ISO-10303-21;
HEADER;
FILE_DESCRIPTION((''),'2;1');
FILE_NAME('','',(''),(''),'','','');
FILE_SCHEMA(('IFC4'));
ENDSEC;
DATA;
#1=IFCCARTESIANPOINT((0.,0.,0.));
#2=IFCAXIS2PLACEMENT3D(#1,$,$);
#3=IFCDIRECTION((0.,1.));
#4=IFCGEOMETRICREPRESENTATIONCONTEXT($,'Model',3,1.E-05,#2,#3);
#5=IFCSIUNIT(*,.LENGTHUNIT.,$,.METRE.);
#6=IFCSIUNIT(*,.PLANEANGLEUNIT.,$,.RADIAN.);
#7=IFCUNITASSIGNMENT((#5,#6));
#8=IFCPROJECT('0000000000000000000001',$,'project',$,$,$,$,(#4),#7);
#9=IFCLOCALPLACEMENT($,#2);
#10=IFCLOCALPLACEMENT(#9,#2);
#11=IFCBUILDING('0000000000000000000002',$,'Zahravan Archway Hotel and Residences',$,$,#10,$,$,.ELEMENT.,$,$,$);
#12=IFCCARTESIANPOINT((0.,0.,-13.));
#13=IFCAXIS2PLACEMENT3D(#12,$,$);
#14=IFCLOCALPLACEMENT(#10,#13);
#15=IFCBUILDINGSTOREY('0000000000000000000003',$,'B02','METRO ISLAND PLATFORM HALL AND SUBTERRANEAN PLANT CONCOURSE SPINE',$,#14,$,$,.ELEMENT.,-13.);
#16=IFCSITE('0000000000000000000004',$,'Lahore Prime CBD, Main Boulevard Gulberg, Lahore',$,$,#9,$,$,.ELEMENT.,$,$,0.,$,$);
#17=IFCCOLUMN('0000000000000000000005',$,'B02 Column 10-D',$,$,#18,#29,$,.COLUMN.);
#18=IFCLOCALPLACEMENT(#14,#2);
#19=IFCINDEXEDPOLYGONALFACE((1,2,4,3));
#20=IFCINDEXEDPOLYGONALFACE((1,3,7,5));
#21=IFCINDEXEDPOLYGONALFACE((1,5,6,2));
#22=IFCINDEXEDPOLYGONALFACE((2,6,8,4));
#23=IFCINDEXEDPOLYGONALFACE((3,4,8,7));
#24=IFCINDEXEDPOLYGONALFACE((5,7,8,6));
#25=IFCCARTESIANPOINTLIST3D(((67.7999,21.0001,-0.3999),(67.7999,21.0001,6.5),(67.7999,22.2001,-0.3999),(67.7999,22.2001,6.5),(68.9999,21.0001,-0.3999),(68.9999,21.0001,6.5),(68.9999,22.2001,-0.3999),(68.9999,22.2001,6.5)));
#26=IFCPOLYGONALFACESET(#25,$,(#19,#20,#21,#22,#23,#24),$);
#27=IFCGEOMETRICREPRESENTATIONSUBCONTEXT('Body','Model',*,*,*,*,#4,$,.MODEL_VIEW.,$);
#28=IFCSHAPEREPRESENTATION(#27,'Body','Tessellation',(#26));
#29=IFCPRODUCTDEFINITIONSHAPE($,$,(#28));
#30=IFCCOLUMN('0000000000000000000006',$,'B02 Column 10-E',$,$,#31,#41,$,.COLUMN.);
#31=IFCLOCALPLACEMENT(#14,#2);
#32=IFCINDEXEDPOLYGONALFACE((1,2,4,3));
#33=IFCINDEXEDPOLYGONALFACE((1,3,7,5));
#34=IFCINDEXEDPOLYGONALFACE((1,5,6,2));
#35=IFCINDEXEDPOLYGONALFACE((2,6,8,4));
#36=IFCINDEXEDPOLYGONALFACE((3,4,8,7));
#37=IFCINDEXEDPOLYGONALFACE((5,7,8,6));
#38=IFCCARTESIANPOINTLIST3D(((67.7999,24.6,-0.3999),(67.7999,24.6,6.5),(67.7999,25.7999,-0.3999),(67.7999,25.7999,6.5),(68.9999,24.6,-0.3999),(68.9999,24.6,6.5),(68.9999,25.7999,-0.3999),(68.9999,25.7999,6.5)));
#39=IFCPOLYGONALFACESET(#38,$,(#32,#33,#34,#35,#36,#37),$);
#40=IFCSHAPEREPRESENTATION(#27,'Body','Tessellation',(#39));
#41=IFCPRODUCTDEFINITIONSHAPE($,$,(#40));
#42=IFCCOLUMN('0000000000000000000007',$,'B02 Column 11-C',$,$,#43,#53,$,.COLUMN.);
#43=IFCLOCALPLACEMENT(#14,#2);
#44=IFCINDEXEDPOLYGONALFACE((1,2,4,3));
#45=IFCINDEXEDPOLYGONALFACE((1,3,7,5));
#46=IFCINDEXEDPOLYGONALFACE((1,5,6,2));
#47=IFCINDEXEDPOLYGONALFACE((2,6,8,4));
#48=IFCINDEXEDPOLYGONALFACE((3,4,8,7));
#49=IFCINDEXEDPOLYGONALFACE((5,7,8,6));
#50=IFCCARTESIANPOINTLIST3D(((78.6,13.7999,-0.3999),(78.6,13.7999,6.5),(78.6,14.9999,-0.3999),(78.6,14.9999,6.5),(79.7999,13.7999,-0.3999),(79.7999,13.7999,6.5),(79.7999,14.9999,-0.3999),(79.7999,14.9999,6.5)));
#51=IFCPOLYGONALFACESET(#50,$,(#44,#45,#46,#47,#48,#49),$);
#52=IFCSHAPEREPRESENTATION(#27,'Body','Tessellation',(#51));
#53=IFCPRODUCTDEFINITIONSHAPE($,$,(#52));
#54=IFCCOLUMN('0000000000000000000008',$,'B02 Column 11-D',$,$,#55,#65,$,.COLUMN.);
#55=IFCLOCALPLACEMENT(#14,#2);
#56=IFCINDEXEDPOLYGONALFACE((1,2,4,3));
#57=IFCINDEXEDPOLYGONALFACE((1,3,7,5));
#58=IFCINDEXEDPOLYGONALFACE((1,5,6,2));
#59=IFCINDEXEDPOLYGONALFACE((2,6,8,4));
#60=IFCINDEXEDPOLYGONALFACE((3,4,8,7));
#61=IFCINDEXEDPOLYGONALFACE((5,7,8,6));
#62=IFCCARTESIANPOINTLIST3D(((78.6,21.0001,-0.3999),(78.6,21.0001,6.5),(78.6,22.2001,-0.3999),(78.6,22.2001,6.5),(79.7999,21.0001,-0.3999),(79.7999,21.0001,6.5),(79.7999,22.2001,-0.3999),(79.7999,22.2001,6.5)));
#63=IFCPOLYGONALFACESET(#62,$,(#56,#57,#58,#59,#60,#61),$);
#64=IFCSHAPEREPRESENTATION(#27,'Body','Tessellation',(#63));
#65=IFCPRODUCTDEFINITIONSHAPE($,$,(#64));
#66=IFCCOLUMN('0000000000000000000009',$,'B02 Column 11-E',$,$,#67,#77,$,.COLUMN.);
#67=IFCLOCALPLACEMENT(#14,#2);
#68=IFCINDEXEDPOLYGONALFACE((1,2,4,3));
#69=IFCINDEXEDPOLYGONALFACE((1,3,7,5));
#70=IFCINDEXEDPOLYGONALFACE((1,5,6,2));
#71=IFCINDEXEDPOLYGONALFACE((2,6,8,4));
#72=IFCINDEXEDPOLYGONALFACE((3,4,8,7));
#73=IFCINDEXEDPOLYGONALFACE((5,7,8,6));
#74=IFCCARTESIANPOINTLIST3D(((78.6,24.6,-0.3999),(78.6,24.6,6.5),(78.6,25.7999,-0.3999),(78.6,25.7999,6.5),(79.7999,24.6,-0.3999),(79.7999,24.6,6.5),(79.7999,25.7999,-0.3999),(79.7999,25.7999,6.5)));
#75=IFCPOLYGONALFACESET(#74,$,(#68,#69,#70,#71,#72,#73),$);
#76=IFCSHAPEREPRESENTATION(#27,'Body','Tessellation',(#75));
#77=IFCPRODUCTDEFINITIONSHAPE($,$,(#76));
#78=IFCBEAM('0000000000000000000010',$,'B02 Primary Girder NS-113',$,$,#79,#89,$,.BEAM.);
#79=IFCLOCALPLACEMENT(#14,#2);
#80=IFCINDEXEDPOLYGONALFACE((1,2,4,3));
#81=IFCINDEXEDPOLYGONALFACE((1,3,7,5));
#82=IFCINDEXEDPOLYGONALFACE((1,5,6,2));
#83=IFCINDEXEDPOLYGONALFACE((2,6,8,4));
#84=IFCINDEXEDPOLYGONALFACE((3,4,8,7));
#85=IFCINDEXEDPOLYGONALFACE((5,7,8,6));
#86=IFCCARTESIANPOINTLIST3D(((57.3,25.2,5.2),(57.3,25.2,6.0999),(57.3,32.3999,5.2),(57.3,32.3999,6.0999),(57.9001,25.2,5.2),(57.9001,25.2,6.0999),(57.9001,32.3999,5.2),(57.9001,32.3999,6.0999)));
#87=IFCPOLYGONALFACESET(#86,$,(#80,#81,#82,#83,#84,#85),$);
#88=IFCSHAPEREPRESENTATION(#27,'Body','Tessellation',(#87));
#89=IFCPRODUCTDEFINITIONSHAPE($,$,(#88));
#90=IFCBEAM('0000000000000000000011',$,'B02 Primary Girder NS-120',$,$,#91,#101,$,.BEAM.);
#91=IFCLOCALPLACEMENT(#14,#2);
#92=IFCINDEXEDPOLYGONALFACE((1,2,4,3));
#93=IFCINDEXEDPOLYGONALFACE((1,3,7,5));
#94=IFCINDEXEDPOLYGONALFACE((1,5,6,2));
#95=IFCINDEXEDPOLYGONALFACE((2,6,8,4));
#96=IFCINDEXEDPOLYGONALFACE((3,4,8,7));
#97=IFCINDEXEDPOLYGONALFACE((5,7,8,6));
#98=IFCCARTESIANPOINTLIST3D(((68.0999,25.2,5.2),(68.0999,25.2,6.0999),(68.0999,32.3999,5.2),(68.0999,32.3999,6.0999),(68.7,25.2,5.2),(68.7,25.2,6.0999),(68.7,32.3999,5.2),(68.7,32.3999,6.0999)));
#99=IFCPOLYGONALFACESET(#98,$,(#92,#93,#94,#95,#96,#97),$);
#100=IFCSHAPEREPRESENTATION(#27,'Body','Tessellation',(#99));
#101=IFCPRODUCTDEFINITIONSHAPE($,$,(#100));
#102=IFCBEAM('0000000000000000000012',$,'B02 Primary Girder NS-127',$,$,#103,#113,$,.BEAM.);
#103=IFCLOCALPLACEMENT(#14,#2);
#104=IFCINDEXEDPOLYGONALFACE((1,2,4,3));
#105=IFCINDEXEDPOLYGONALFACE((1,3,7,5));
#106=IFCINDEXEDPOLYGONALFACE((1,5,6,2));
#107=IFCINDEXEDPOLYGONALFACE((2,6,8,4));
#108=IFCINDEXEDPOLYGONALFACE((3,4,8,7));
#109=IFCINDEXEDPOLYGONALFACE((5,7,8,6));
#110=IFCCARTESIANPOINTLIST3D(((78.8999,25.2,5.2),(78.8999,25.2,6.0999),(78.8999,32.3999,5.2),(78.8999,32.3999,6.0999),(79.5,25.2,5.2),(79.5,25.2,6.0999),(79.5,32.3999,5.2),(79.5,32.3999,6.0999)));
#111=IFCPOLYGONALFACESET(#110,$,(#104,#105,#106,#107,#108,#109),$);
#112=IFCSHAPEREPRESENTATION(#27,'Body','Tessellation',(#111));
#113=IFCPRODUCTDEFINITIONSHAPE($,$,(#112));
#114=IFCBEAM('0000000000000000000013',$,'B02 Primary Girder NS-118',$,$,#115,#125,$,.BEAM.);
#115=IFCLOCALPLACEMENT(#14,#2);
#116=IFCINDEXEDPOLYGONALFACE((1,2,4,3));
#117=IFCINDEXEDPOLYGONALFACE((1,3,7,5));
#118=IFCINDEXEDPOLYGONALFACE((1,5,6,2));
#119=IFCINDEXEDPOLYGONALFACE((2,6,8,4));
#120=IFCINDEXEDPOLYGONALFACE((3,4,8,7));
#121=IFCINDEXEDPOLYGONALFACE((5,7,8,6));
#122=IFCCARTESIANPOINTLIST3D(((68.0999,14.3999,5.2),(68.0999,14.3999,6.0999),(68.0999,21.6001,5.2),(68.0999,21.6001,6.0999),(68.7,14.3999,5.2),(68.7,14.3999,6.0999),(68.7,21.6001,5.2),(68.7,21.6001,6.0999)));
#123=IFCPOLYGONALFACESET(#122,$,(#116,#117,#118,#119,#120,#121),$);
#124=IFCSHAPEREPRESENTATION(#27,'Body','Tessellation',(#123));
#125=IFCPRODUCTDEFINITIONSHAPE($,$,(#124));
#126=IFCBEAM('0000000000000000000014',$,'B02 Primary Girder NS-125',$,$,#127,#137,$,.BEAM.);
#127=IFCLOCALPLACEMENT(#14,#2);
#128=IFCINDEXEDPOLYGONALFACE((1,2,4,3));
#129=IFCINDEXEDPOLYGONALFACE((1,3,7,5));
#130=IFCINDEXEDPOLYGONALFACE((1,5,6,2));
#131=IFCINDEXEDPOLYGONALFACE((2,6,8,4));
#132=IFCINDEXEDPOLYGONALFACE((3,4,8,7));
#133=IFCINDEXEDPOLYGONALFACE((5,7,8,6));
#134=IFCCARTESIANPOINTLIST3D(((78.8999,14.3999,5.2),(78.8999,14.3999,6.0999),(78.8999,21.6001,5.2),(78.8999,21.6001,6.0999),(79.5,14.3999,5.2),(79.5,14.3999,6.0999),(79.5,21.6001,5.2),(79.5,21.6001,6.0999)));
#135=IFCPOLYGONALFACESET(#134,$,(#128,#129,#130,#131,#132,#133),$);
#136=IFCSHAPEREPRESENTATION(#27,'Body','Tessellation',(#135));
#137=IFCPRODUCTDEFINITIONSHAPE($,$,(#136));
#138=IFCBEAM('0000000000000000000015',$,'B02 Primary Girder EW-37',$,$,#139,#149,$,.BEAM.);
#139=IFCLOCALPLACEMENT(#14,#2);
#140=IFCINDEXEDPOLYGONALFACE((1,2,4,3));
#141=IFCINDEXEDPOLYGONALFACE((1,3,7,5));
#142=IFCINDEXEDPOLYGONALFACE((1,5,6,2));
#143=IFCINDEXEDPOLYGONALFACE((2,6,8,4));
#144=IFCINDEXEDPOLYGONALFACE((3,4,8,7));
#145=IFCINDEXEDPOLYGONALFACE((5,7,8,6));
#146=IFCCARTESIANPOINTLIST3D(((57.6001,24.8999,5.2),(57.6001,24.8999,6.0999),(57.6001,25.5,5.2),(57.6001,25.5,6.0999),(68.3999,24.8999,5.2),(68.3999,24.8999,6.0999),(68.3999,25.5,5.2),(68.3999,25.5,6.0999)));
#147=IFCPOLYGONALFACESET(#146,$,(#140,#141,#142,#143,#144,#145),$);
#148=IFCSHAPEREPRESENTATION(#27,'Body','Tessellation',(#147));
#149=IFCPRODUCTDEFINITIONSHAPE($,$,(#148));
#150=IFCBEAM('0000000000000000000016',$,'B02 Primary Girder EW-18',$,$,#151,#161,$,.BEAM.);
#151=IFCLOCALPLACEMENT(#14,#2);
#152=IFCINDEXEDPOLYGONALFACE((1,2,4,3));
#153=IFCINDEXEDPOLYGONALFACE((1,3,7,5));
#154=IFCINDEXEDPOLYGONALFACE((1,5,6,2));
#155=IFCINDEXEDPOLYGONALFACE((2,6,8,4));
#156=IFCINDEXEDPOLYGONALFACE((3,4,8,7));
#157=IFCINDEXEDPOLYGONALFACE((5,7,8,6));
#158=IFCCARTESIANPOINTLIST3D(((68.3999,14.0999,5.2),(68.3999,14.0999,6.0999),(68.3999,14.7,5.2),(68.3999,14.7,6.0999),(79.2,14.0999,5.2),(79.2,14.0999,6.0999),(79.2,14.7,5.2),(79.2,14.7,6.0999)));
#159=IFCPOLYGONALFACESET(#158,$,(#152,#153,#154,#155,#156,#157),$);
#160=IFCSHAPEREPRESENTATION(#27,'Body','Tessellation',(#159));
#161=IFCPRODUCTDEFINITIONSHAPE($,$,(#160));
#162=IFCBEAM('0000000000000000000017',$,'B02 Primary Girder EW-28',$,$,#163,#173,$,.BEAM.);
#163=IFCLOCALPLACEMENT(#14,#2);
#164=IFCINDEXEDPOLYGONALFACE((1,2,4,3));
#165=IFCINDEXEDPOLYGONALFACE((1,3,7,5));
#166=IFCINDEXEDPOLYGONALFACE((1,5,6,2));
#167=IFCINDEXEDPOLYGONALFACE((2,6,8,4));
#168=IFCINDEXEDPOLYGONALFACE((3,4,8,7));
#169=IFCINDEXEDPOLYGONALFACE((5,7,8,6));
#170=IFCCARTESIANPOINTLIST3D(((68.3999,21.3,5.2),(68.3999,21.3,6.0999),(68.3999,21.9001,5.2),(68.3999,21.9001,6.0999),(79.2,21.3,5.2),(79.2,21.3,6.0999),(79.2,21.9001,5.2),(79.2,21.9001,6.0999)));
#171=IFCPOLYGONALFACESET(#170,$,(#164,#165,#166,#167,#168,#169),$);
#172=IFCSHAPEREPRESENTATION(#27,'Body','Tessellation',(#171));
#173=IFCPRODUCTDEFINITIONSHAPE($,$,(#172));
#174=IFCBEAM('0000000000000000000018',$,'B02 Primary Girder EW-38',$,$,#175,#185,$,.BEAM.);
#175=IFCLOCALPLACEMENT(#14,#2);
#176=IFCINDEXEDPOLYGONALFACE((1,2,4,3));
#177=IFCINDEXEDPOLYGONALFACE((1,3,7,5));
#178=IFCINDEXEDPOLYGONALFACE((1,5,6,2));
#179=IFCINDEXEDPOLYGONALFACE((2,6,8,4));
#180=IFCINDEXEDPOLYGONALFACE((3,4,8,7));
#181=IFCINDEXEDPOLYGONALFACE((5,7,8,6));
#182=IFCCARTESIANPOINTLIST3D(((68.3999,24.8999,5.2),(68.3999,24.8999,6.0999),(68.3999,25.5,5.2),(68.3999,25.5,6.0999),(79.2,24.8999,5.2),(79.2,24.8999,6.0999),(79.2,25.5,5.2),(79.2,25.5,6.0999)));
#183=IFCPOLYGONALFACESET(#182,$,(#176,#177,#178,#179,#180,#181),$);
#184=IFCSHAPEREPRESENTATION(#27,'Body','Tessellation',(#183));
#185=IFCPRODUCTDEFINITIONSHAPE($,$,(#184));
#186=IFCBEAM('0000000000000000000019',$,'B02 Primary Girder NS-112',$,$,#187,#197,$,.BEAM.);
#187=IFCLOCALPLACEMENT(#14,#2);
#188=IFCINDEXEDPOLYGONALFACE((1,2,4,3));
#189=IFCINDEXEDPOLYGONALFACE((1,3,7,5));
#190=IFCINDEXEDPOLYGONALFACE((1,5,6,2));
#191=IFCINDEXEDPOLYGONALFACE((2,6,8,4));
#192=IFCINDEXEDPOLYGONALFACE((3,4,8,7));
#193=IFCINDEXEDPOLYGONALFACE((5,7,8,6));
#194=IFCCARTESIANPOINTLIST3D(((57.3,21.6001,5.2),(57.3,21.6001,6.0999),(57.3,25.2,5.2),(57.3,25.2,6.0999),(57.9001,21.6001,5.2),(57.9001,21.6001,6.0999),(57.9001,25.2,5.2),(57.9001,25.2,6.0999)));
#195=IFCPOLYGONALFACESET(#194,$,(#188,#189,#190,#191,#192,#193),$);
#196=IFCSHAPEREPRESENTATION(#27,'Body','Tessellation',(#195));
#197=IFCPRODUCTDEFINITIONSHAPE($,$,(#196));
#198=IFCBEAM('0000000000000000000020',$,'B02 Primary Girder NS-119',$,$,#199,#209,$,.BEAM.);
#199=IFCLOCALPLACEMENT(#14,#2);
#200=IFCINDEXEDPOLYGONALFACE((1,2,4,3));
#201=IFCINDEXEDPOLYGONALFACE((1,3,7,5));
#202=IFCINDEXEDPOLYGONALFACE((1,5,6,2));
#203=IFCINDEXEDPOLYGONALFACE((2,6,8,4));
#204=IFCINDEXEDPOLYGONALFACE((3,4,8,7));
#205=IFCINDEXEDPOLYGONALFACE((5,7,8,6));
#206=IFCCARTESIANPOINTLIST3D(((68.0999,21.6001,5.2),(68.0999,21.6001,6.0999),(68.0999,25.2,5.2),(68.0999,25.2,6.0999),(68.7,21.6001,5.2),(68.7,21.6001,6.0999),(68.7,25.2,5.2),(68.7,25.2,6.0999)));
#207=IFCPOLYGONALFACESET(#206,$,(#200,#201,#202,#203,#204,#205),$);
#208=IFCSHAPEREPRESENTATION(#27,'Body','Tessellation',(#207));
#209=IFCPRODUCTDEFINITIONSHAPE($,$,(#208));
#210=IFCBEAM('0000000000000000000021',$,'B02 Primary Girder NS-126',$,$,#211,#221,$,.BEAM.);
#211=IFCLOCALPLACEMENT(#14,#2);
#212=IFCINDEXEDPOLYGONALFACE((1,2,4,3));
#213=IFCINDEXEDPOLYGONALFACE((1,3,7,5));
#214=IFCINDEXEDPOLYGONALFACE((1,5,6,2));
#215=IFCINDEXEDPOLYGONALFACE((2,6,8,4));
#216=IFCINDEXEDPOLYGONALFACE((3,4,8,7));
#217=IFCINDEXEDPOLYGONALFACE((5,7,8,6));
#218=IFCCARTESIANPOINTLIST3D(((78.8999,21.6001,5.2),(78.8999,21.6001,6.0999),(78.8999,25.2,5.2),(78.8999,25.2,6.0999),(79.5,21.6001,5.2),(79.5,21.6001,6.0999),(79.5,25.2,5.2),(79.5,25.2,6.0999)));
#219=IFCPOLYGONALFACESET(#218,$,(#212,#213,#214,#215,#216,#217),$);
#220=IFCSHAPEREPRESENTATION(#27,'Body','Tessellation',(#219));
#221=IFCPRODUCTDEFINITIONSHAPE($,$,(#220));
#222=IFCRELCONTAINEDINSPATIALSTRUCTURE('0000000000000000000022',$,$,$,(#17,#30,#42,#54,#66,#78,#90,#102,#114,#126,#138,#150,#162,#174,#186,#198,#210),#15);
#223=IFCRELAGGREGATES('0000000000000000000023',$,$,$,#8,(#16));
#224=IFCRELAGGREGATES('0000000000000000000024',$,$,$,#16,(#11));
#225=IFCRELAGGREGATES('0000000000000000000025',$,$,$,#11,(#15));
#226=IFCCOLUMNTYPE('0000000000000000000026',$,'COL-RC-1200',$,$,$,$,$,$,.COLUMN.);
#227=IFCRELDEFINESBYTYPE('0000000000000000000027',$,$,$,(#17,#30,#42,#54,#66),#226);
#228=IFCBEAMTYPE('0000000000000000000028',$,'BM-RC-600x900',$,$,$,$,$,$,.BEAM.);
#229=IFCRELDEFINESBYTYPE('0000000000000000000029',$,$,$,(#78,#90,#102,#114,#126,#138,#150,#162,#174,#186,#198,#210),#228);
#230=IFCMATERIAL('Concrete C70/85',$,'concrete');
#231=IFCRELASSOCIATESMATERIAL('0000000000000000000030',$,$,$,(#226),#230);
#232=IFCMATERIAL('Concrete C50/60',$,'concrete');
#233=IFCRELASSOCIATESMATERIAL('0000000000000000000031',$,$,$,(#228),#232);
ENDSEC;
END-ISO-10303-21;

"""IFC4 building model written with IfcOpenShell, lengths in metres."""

from ifc_helpers import new_model, si_unit, direction, frame, origin, origin_2d, place, context, subcontext, project, spatial, rectangle, extrude, source, transform, mapped, material, material_profile, profile_set, type_object, type_shapes, element, save


model = new_model("IFC4")

# Units and contexts
model_context = context("Model", 3, precision=1e-05, world=origin(), true_north=direction((0.0, 1.0)))
body_context = subcontext(model_context, "Body", "Model", "MODEL_VIEW")
ifc_project = project(units=[si_unit("LENGTHUNIT", "METRE"), si_unit("PLANEANGLEUNIT", "RADIAN")], contexts=[model_context])

# Site, building, storey
site_placement = place(None, origin())
site = spatial("IfcSite", under=ifc_project, at=site_placement, Name="Lahore Prime CBD, Main Boulevard Gulberg, Lahore", CompositionType="ELEMENT", RefElevation=0.0)
building_placement = place(site_placement, origin())
building = spatial("IfcBuilding", under=site, at=building_placement, Name="Zahravan Archway Hotel and Residences", CompositionType="ELEMENT")
storey_placement = place(building_placement, frame((0.0, 0.0, -13.0)))
storey = spatial("IfcBuildingStorey", under=building, at=storey_placement, Name="B02", Description="METRO ISLAND PLATFORM HALL AND SUBTERRANEAN PLANT CONCOURSE SPINE", CompositionType="ELEMENT", Elevation=-13.0)

# Shared definitions
ifc_material_1 = material(Name="Concrete C50/60", Category="concrete")

# Columns
ifc_material_2 = material(Name="Concrete C70/85", Category="concrete")
ifc_material_profile_1 = material_profile(ifc_material_2, rectangle(XDim=1.2, YDim=1.2, at=origin_2d()), Name="RC-COL-1200x1200", Category="concrete")
ifc_profile_set_1 = profile_set([ifc_material_profile_1], Name="Concrete C70/85")
column_type = type_object("IfcColumnType", Name="COL-RC-1200", PredefinedType="COLUMN", material=ifc_profile_set_1)
shared_shape_1 = source(origin(), body_context, "Body", "SweptSolid", [
    extrude(rectangle(XDim=1.2, YDim=1.2, at=origin_2d()), origin(), (0.0, 0.0, 1.0), 6.8999),
])
type_shapes(column_type, [shared_shape_1])
for number, where, z_axis, x_axis, name in (
    (1, (68.3999, 21.6001, -0.3999), (0.0, 0.0, 1.0), (1.0, 0.0, 0.0), "B02 Column 10-D"),
    (2, (68.3999, 25.2, -0.3999), (0.0, 0.0, 1.0), (1.0, 0.0, 0.0), "B02 Column 10-E"),
    (3, (79.2, 14.3999, -0.3999), (0.0, 0.0, 1.0), (1.0, 0.0, 0.0), "B02 Column 11-C"),
    (4, (79.2, 21.6001, -0.3999), (0.0, 0.0, 1.0), (1.0, 0.0, 0.0), "B02 Column 11-D"),
    (5, (79.2, 25.2, -0.3999), (0.0, 0.0, 1.0), (1.0, 0.0, 0.0), "B02 Column 11-E"),
):
    element("IfcColumn", number, at=place(storey_placement, frame(where, z_axis=z_axis, x_axis=x_axis)), inside=storey, type_object=column_type, Name=name, PredefinedType="COLUMN", context=body_context, shape_type="MappedRepresentation", body=[
        mapped(shared_shape_1, transform((0.0, 0.0, 0.0), scale=1.0)),
    ])

# Beams
ifc_material_profile_2 = material_profile(ifc_material_1, rectangle(XDim=0.6001, YDim=0.8999, at=origin_2d()), Name="RC-BM-600x900", Category="concrete")
ifc_profile_set_2 = profile_set([ifc_material_profile_2], Name="Concrete C50/60")
beam_type_1 = type_object("IfcBeamType", Name="BM-RC-600x900", PredefinedType="BEAM", material=ifc_profile_set_2)
shared_shape_2 = source(origin(), body_context, "Body", "SweptSolid", [
    extrude(rectangle(XDim=0.6001, YDim=0.8999, at=origin_2d()), origin(), (0.0, 0.0, 1.0), 7.2),
])
for number, where, z_axis, x_axis, name in (
    (6, (57.6001, 25.2, 5.6499), (0.0, 1.0, 0.0), (-1.0, 0.0, 0.0), "B02 Primary Girder NS-113"),
    (7, (68.3999, 25.2, 5.6499), (0.0, 1.0, 0.0), (-1.0, 0.0, 0.0), "B02 Primary Girder NS-120"),
    (8, (79.2, 25.2, 5.6499), (0.0, 1.0, 0.0), (-1.0, 0.0, 0.0), "B02 Primary Girder NS-127"),
):
    element("IfcBeam", number, at=place(storey_placement, frame(where, z_axis=z_axis, x_axis=x_axis)), inside=storey, type_object=beam_type_1, Name=name, PredefinedType="BEAM", context=body_context, shape_type="MappedRepresentation", body=[
        mapped(shared_shape_2, transform((0.0, 0.0, 0.0), scale=1.0)),
    ])
shared_shape_3 = source(origin(), body_context, "Body", "SweptSolid", [
    extrude(rectangle(XDim=0.6001, YDim=0.8999, at=origin_2d()), origin(), (0.0, 0.0, 1.0), 7.2002),
])
for number, where, z_axis, x_axis, name in (
    (9, (68.3999, 14.3999, 5.6499), (0.0, 1.0, 0.0), (-1.0, 0.0, 0.0), "B02 Primary Girder NS-118"),
    (10, (79.2, 14.3999, 5.6499), (0.0, 1.0, 0.0), (-1.0, 0.0, 0.0), "B02 Primary Girder NS-125"),
):
    element("IfcBeam", number, at=place(storey_placement, frame(where, z_axis=z_axis, x_axis=x_axis)), inside=storey, type_object=beam_type_1, Name=name, PredefinedType="BEAM", context=body_context, shape_type="MappedRepresentation", body=[
        mapped(shared_shape_3, transform((0.0, 0.0, 0.0), scale=1.0)),
    ])
shared_shape_4 = source(origin(), body_context, "Body", "SweptSolid", [
    extrude(rectangle(XDim=0.6001, YDim=0.8999, at=origin_2d()), origin(), (0.0, 0.0, 1.0), 10.7998),
])
beam_placement = place(storey_placement, frame((57.6001, 25.2, 5.6499), z_axis=(1.0, 0.0, 0.0), x_axis=(0.0, 1.0, 0.0)))
element("IfcBeam", 11, at=beam_placement, inside=storey, type_object=beam_type_1, Name="B02 Primary Girder EW-37", PredefinedType="BEAM", context=body_context, shape_type="MappedRepresentation", body=[
    mapped(shared_shape_4, transform((0.0, 0.0, 0.0), scale=1.0)),
])
shared_shape_5 = source(origin(), body_context, "Body", "SweptSolid", [
    extrude(rectangle(XDim=0.6001, YDim=0.8999, at=origin_2d()), origin(), (0.0, 0.0, 1.0), 10.8),
])
for number, where, z_axis, x_axis, name in (
    (12, (68.3999, 14.3999, 5.6499), (1.0, 0.0, 0.0), (0.0, 1.0, 0.0), "B02 Primary Girder EW-18"),
    (13, (68.3999, 21.6001, 5.6499), (1.0, 0.0, 0.0), (0.0, 1.0, 0.0), "B02 Primary Girder EW-28"),
    (14, (68.3999, 25.2, 5.6499), (1.0, 0.0, 0.0), (0.0, 1.0, 0.0), "B02 Primary Girder EW-38"),
):
    element("IfcBeam", number, at=place(storey_placement, frame(where, z_axis=z_axis, x_axis=x_axis)), inside=storey, type_object=beam_type_1, Name=name, PredefinedType="BEAM", context=body_context, shape_type="MappedRepresentation", body=[
        mapped(shared_shape_5, transform((0.0, 0.0, 0.0), scale=1.0)),
    ])
shared_shape_6 = source(origin(), body_context, "Body", "SweptSolid", [
    extrude(rectangle(XDim=0.6001, YDim=0.8999, at=origin_2d()), origin(), (0.0, 0.0, 1.0), 3.5999),
])
for number, where, z_axis, x_axis, name in (
    (15, (57.6001, 21.6001, 5.6499), (0.0, 1.0, 0.0), (-1.0, 0.0, 0.0), "B02 Primary Girder NS-112"),
    (16, (68.3999, 21.6001, 5.6499), (0.0, 1.0, 0.0), (-1.0, 0.0, 0.0), "B02 Primary Girder NS-119"),
    (17, (79.2, 21.6001, 5.6499), (0.0, 1.0, 0.0), (-1.0, 0.0, 0.0), "B02 Primary Girder NS-126"),
):
    element("IfcBeam", number, at=place(storey_placement, frame(where, z_axis=z_axis, x_axis=x_axis)), inside=storey, type_object=beam_type_1, Name=name, PredefinedType="BEAM", context=body_context, shape_type="MappedRepresentation", body=[
        mapped(shared_shape_6, transform((0.0, 0.0, 0.0), scale=1.0)),
    ])

save(model, "model.ifc")
